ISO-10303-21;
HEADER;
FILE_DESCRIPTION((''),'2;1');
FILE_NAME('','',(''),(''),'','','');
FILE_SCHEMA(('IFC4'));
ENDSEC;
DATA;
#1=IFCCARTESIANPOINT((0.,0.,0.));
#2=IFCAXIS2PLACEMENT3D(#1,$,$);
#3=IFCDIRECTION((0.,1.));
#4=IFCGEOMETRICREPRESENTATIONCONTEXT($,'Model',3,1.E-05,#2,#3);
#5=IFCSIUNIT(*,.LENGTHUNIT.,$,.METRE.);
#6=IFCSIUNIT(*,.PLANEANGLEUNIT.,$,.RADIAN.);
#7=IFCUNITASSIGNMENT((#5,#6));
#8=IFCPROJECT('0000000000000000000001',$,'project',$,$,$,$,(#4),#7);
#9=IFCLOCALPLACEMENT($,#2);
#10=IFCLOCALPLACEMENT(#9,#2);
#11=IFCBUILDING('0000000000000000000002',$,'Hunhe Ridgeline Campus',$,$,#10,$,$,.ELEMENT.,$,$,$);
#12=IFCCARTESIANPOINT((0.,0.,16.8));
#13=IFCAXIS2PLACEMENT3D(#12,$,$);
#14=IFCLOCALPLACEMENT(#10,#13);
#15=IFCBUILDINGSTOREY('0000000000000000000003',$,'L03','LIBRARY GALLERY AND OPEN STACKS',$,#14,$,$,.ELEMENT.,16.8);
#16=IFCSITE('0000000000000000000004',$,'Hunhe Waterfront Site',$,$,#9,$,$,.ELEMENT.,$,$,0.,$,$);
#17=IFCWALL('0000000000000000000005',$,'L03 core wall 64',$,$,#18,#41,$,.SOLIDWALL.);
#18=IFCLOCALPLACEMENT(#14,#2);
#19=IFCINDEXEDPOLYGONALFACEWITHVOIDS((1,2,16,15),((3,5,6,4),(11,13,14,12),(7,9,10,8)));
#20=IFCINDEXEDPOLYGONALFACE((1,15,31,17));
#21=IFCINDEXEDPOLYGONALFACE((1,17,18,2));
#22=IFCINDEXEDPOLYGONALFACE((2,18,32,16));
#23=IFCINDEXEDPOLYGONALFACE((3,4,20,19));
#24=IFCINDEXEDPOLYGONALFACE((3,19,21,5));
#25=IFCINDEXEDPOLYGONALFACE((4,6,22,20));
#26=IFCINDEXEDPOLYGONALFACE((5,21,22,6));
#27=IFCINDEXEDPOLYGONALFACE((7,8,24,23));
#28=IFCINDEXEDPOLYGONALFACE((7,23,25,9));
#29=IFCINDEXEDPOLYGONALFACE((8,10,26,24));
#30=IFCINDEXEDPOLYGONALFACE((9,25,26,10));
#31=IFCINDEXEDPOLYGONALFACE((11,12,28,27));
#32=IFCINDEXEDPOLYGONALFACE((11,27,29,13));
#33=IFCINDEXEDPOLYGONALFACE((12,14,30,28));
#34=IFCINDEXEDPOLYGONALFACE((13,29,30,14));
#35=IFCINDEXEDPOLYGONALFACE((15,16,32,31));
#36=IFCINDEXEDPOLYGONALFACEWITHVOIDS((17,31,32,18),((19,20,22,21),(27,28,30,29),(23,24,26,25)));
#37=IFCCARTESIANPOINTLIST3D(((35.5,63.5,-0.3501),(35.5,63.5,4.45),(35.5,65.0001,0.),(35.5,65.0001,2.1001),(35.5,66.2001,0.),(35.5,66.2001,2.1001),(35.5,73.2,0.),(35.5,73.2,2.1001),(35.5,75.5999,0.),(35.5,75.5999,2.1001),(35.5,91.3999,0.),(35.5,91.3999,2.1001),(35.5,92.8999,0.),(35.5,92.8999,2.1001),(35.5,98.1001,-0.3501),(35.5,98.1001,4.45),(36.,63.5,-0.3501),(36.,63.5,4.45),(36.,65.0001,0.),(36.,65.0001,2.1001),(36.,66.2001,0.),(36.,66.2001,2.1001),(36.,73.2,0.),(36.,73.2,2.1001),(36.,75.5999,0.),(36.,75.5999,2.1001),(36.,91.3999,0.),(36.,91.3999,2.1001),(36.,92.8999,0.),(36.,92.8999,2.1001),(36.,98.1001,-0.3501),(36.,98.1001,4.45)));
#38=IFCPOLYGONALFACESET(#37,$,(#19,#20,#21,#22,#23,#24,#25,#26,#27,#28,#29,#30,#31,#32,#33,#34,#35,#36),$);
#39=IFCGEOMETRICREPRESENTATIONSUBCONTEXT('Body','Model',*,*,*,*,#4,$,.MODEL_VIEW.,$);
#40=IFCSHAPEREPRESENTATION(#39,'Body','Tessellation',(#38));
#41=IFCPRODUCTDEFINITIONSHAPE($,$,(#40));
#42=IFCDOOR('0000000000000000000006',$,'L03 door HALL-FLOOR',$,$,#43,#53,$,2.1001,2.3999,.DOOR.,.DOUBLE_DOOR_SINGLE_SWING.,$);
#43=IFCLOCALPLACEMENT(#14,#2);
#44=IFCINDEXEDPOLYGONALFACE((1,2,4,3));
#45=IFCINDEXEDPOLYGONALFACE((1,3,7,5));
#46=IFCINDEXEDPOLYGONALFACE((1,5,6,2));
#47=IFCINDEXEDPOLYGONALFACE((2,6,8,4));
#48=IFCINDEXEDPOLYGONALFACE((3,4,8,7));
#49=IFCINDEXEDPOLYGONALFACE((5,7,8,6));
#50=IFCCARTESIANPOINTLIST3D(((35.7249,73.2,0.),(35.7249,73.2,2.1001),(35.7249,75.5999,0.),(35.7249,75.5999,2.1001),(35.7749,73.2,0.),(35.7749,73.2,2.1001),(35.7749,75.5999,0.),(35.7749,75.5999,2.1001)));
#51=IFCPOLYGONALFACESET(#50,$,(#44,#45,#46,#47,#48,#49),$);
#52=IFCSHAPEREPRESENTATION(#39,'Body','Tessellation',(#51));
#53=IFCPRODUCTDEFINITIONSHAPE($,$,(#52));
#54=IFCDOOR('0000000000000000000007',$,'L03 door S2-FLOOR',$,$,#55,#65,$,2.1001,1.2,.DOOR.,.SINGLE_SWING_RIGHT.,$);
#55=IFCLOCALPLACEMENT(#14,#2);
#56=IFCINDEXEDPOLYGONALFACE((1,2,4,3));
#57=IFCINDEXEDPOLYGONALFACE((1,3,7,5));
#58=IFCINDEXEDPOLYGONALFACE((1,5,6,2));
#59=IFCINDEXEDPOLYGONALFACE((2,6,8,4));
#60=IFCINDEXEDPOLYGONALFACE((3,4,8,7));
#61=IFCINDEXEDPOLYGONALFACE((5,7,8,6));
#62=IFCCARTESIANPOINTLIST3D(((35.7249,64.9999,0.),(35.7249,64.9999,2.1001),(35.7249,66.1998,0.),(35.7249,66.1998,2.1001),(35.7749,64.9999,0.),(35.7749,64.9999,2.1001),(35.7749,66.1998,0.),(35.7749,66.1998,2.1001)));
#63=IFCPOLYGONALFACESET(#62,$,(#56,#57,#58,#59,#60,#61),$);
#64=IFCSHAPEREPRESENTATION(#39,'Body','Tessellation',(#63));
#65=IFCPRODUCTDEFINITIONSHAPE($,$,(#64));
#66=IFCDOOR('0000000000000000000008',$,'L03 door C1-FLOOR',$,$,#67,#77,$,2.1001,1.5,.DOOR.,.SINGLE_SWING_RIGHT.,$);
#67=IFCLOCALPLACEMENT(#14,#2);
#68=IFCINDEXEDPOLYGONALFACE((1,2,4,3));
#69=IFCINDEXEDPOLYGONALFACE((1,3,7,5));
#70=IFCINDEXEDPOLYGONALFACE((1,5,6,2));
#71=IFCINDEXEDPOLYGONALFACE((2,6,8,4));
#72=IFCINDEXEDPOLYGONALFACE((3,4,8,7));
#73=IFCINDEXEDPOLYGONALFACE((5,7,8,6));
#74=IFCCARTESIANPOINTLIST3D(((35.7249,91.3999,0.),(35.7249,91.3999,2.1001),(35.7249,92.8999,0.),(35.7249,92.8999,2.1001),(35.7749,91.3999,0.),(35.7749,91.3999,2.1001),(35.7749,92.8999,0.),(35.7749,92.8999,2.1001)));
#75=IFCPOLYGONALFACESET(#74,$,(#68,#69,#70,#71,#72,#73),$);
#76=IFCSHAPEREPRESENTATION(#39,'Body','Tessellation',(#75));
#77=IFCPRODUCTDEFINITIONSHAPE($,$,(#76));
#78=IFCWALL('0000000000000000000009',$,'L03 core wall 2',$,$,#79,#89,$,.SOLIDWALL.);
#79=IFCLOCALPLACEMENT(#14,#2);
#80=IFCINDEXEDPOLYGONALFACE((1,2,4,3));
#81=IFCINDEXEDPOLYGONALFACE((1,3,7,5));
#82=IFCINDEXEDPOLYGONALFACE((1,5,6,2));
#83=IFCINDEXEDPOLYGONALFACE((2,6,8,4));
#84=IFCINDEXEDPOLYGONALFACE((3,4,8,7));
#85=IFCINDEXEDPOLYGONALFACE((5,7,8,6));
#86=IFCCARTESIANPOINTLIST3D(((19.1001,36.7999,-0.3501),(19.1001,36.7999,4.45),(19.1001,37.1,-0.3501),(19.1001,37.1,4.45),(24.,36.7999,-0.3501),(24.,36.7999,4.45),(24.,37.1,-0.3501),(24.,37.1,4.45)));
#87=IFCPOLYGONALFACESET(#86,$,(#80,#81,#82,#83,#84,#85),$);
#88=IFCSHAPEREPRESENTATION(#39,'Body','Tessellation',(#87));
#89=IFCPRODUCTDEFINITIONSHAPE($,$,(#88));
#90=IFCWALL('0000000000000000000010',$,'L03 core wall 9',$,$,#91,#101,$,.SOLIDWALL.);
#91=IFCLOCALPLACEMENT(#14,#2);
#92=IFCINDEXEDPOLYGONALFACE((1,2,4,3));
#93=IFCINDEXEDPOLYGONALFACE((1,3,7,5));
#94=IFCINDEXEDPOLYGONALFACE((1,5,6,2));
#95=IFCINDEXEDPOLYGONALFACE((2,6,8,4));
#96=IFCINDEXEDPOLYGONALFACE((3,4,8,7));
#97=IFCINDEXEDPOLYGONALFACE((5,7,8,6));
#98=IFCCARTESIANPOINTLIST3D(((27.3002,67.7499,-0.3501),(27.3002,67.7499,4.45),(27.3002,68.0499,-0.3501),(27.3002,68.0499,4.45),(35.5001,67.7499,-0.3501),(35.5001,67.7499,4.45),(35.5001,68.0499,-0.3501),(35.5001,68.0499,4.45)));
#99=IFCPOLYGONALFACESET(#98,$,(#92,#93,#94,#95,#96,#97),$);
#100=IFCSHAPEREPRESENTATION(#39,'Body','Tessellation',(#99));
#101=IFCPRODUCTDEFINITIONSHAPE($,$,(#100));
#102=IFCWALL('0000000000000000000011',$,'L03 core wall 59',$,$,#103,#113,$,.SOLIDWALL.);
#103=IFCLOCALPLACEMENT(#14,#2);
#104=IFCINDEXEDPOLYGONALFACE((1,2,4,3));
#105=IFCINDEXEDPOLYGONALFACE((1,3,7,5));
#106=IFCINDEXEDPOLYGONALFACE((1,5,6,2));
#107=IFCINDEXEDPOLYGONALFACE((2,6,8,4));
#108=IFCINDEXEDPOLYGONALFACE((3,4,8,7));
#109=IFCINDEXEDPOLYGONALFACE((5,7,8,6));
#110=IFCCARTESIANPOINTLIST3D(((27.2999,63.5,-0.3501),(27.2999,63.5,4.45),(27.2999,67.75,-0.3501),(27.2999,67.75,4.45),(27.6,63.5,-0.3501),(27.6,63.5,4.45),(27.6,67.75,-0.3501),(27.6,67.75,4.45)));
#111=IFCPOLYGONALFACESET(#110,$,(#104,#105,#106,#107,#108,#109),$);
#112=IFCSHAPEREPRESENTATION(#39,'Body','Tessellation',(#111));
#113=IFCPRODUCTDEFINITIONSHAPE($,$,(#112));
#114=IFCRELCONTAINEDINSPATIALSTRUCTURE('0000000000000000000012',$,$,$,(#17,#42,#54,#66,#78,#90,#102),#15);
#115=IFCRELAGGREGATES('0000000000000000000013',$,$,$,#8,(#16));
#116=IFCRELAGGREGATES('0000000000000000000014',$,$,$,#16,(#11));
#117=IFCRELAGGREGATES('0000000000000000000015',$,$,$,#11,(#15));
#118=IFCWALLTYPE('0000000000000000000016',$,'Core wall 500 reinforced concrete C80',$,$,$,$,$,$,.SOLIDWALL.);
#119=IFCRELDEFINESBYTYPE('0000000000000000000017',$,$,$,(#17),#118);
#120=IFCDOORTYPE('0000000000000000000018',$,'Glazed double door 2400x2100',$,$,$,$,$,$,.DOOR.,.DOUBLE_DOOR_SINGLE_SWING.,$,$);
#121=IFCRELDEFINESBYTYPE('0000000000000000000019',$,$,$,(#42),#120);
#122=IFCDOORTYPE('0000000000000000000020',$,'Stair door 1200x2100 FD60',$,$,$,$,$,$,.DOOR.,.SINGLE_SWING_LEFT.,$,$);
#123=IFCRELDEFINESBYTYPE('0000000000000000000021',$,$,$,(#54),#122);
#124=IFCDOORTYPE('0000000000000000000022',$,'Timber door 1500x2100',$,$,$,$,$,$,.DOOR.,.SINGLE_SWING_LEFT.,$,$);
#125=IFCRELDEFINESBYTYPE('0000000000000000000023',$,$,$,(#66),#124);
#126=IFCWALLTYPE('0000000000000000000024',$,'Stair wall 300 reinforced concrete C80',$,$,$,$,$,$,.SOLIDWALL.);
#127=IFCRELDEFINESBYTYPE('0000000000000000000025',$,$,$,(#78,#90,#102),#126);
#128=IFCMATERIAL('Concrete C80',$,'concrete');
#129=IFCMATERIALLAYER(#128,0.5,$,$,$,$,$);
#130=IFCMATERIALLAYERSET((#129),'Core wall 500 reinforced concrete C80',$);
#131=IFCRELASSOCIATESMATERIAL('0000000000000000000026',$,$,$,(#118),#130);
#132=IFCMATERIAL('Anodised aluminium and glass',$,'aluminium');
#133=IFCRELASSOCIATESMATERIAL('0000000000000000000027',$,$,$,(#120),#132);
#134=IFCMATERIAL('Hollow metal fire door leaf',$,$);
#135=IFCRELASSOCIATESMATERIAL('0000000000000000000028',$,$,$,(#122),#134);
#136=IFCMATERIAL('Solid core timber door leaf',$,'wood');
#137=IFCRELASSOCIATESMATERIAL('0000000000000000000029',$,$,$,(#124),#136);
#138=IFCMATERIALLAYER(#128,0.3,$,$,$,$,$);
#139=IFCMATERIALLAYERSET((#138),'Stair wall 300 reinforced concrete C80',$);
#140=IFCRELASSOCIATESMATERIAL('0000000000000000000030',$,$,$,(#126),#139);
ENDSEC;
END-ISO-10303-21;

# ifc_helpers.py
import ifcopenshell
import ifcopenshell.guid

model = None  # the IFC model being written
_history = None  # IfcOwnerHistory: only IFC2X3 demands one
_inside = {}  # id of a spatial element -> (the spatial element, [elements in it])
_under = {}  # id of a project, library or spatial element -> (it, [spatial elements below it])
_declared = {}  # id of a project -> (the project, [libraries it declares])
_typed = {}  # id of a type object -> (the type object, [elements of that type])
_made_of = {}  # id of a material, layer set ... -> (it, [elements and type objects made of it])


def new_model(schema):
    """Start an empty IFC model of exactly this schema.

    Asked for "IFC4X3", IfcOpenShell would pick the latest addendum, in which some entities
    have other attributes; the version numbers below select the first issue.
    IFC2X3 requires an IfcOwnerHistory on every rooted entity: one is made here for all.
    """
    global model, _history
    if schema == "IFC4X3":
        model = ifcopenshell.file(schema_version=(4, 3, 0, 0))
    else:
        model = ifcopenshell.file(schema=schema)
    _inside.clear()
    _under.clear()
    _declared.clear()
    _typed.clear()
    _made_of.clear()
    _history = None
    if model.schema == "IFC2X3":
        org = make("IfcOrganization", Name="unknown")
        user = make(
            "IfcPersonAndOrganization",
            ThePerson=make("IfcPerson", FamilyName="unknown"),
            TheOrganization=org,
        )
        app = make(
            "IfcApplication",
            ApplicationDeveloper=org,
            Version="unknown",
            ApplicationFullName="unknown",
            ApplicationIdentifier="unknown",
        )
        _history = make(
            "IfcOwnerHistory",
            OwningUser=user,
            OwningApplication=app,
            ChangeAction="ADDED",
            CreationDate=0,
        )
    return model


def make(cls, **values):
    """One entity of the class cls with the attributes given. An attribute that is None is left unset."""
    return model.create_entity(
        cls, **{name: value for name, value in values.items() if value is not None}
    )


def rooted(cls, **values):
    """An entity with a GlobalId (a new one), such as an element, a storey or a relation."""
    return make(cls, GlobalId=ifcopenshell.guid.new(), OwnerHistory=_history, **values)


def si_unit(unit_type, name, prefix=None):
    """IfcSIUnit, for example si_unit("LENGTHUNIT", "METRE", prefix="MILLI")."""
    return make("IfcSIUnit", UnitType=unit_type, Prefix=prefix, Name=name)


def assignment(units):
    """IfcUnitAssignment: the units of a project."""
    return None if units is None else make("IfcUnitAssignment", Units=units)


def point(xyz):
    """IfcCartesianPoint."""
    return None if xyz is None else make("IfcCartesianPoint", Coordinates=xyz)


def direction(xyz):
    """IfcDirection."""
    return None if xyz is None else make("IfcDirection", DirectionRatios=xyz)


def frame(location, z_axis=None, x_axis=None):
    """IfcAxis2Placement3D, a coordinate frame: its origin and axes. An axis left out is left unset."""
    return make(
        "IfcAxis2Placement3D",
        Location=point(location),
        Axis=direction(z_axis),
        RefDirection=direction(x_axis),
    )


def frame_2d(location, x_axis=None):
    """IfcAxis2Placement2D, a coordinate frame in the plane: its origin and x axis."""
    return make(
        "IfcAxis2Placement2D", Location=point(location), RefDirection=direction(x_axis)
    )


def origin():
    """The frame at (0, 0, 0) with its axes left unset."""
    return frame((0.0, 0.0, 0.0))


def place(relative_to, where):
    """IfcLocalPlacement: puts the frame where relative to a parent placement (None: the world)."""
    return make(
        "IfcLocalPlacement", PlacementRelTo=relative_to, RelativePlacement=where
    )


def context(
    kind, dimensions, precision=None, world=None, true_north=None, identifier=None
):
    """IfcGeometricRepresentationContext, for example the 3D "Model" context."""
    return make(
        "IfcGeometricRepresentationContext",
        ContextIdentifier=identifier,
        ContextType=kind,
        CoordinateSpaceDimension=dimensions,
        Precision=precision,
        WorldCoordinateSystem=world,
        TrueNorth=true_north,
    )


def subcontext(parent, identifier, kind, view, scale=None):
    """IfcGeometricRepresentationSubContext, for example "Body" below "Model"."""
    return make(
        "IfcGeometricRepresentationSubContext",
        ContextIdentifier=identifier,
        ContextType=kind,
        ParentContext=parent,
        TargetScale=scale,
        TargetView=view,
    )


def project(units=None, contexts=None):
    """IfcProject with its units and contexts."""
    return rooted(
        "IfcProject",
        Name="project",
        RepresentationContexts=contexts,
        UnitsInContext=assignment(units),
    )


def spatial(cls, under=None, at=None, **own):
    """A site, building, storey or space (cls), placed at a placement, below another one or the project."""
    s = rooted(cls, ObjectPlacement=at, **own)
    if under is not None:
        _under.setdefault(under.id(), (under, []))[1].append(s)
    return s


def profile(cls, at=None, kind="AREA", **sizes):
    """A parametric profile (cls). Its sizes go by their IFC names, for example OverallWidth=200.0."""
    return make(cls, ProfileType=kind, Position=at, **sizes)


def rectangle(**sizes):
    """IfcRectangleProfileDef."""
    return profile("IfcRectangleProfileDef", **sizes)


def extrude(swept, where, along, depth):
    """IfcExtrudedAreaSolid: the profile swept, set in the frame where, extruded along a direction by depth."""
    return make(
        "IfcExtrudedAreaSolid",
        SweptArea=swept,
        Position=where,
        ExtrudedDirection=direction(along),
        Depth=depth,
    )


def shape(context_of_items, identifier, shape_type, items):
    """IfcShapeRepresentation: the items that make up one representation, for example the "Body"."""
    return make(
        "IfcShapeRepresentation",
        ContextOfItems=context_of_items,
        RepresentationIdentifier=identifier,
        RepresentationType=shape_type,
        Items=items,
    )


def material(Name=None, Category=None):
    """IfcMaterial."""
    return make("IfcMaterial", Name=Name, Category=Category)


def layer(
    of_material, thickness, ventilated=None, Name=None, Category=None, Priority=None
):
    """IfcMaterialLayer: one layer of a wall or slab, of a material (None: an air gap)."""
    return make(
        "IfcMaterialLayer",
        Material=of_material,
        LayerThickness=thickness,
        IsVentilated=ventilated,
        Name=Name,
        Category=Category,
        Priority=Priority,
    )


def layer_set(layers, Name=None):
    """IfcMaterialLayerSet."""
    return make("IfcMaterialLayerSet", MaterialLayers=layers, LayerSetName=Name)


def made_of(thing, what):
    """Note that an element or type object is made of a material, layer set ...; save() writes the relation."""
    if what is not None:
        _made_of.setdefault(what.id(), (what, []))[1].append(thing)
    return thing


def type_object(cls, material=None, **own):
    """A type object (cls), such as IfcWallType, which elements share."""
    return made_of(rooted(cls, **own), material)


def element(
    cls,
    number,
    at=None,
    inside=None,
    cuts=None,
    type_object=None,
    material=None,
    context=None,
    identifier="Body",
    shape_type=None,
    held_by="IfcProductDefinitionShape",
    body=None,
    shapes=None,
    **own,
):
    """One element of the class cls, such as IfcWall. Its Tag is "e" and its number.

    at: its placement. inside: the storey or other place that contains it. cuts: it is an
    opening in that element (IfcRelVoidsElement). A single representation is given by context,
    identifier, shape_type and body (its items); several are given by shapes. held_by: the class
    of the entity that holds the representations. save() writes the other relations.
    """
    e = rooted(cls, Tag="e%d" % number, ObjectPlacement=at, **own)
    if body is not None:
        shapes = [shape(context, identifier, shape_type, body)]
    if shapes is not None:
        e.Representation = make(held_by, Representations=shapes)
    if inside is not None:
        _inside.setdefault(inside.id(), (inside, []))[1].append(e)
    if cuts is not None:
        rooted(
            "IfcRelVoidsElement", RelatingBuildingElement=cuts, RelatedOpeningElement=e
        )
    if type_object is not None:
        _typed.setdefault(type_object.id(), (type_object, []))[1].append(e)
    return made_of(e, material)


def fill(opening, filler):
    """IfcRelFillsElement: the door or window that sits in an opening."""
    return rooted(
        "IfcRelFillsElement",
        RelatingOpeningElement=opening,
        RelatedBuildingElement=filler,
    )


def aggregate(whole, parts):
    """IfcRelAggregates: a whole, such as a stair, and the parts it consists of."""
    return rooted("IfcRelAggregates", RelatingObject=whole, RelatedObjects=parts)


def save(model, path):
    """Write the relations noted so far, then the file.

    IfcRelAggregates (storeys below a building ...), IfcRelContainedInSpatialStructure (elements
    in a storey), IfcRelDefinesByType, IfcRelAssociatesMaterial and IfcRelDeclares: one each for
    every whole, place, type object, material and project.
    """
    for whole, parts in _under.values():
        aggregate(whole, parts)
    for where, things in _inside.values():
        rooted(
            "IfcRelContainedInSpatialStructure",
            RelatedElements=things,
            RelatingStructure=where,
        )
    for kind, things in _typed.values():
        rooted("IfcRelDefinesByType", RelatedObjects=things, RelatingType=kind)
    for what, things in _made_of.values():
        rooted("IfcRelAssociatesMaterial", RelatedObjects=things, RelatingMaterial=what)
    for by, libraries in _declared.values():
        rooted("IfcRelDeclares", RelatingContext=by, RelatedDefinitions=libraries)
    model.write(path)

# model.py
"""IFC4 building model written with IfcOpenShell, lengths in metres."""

from ifc_helpers import new_model, si_unit, direction, frame, frame_2d, origin, place, context, subcontext, project, spatial, rectangle, extrude, material, layer, layer_set, type_object, element, fill, save


model = new_model("IFC4")

# Units and contexts
model_context = context("Model", 3, precision=1e-05, world=origin(), true_north=direction((0.0, 1.0)))
body_context = subcontext(model_context, "Body", "Model", "MODEL_VIEW")
ifc_project = project(units=[si_unit("LENGTHUNIT", "METRE"), si_unit("PLANEANGLEUNIT", "RADIAN")], contexts=[model_context])

# Site, building, storey
site_placement = place(None, origin())
site = spatial("IfcSite", under=ifc_project, at=site_placement, Name="Hunhe Waterfront Site", CompositionType="ELEMENT", RefElevation=0.0)
building_placement = place(site_placement, origin())
building = spatial("IfcBuilding", under=site, at=building_placement, Name="Hunhe Ridgeline Campus", CompositionType="ELEMENT")
storey_placement = place(building_placement, frame((0.0, 0.0, 16.8)))
storey = spatial("IfcBuildingStorey", under=building, at=storey_placement, Name="L03", Description="LIBRARY GALLERY AND OPEN STACKS", CompositionType="ELEMENT", Elevation=16.8)

# Shared definitions
ifc_material_1 = material(Name="Concrete C80", Category="concrete")

# Wall, openings, doors
ifc_layer_1 = layer(ifc_material_1, 0.5)
ifc_layer_set_1 = layer_set([ifc_layer_1], Name="Core wall 500 reinforced concrete C80")
wall_type_1 = type_object("IfcWallType", Name="Core wall 500 reinforced concrete C80", PredefinedType="SOLIDWALL", material=ifc_layer_set_1)
wall_1_placement = place(storey_placement, frame((35.75, 63.5, -0.3501), z_axis=(0.0, 0.0, 1.0), x_axis=(0.0, 1.0, 0.0)))
wall_1 = element("IfcWall", 1, at=wall_1_placement, inside=storey, type_object=wall_type_1, Name="L03 core wall 64", PredefinedType="SOLIDWALL", context=body_context, shape_type="SweptSolid", body=[
    extrude(rectangle(XDim=34.6001, YDim=0.5, at=frame_2d((17.3, 0.0))), origin(), (0.0, 0.0, 1.0), 4.8),
])
opening_1_placement = place(wall_1_placement, frame((9.7, 0.0, 0.3501)))
opening_1 = element("IfcOpeningElement", 2, at=opening_1_placement, cuts=wall_1, PredefinedType="OPENING", context=body_context, shape_type="SweptSolid", body=[
    extrude(rectangle(XDim=2.3999, YDim=2.1001, at=frame_2d((1.2, 1.05))), frame((0.0, 0.25, 0.0), z_axis=(0.0, -1.0, 0.0), x_axis=(1.0, 0.0, 0.0)), (0.0, 0.0, 1.0), 0.5),
])
opening_2_placement = place(wall_1_placement, frame((27.8999, 0.0, 0.3501)))
opening_2 = element("IfcOpeningElement", 3, at=opening_2_placement, cuts=wall_1, PredefinedType="OPENING", context=body_context, shape_type="SweptSolid", body=[
    extrude(rectangle(XDim=1.5, YDim=2.1001, at=frame_2d((0.75, 1.05))), frame((0.0, 0.25, 0.0), z_axis=(0.0, -1.0, 0.0), x_axis=(1.0, 0.0, 0.0)), (0.0, 0.0, 1.0), 0.5),
])
opening_3_placement = place(wall_1_placement, frame((1.5, 0.0, 0.3501)))
opening_3 = element("IfcOpeningElement", 4, at=opening_3_placement, cuts=wall_1, PredefinedType="OPENING", context=body_context, shape_type="SweptSolid", body=[
    extrude(rectangle(XDim=1.2, YDim=2.1001, at=frame_2d((0.6001, 1.05))), frame((0.0, 0.25, 0.0), z_axis=(0.0, -1.0, 0.0), x_axis=(1.0, 0.0, 0.0)), (0.0, 0.0, 1.0), 0.5),
])
ifc_material_2 = material(Name="Anodised aluminium and glass", Category="aluminium")
door_type_1 = type_object("IfcDoorType", Name="Glazed double door 2400x2100", OperationType="DOUBLE_DOOR_SINGLE_SWING", PredefinedType="DOOR", material=ifc_material_2)
door_1_placement = place(opening_1_placement, frame((2.3999, 0.0, 0.0), z_axis=(0.0, 0.0, 1.0), x_axis=(-1.0, 0.0, 0.0)))
door_1 = element("IfcDoor", 5, at=door_1_placement, inside=storey, type_object=door_type_1, Name="L03 door HALL-FLOOR", OperationType="DOUBLE_DOOR_SINGLE_SWING", OverallHeight=2.1001, OverallWidth=2.3999, PredefinedType="DOOR", context=body_context, shape_type="SweptSolid", body=[
    extrude(rectangle(XDim=2.3999, YDim=2.1001, at=frame_2d((1.2, 1.05))), frame((0.0, 0.0249, 0.0), z_axis=(0.0, -1.0, 0.0), x_axis=(1.0, 0.0, 0.0)), (0.0, 0.0, 1.0), 0.05),
])
fill(opening_1, door_1)
ifc_material_3 = material(Name="Hollow metal fire door leaf")
door_type_2 = type_object("IfcDoorType", Name="Stair door 1200x2100 FD60", OperationType="SINGLE_SWING_LEFT", PredefinedType="DOOR", material=ifc_material_3)
door_2_placement = place(opening_3_placement, frame((1.2, 0.0, 0.0), z_axis=(0.0, 0.0, 1.0), x_axis=(-1.0, 0.0, 0.0)))
door_2 = element("IfcDoor", 6, at=door_2_placement, inside=storey, type_object=door_type_2, Name="L03 door S2-FLOOR", OperationType="SINGLE_SWING_RIGHT", OverallHeight=2.1001, OverallWidth=1.2, PredefinedType="DOOR", context=body_context, shape_type="SweptSolid", body=[
    extrude(rectangle(XDim=1.2, YDim=2.1001, at=frame_2d((0.6001, 1.05))), frame((0.0, 0.0249, 0.0), z_axis=(0.0, -1.0, 0.0), x_axis=(1.0, 0.0, 0.0)), (0.0, 0.0, 1.0), 0.05),
])
fill(opening_3, door_2)
ifc_material_4 = material(Name="Solid core timber door leaf", Category="wood")
door_type_3 = type_object("IfcDoorType", Name="Timber door 1500x2100", OperationType="SINGLE_SWING_LEFT", PredefinedType="DOOR", material=ifc_material_4)
door_3_placement = place(opening_2_placement, frame((1.5, 0.0, 0.0), z_axis=(0.0, 0.0, 1.0), x_axis=(-1.0, 0.0, 0.0)))
door_3 = element("IfcDoor", 7, at=door_3_placement, inside=storey, type_object=door_type_3, Name="L03 door C1-FLOOR", OperationType="SINGLE_SWING_RIGHT", OverallHeight=2.1001, OverallWidth=1.5, PredefinedType="DOOR", context=body_context, shape_type="SweptSolid", body=[
    extrude(rectangle(XDim=1.5, YDim=2.1001, at=frame_2d((0.75, 1.05))), frame((0.0, 0.0249, 0.0), z_axis=(0.0, -1.0, 0.0), x_axis=(1.0, 0.0, 0.0)), (0.0, 0.0, 1.0), 0.05),
])
fill(opening_2, door_3)

# Walls
ifc_layer_2 = layer(ifc_material_1, 0.3)
ifc_layer_set_2 = layer_set([ifc_layer_2], Name="Stair wall 300 reinforced concrete C80")
wall_type_2 = type_object("IfcWallType", Name="Stair wall 300 reinforced concrete C80", PredefinedType="SOLIDWALL", material=ifc_layer_set_2)
wall_2_placement = place(storey_placement, frame((19.1001, 36.95, -0.3501), z_axis=(0.0, 0.0, 1.0), x_axis=(1.0, 0.0, 0.0)))
element("IfcWall", 8, at=wall_2_placement, inside=storey, type_object=wall_type_2, Name="L03 core wall 2", PredefinedType="SOLIDWALL", context=body_context, shape_type="SweptSolid", body=[
    extrude(rectangle(XDim=4.8999, YDim=0.3, at=frame_2d((2.45, 0.0))), origin(), (0.0, 0.0, 1.0), 4.8),
])
wall_3_placement = place(storey_placement, frame((27.3, 67.8999, -0.3501), z_axis=(0.0, 0.0, 1.0), x_axis=(1.0, 0.0, 0.0)))
element("IfcWall", 9, at=wall_3_placement, inside=storey, type_object=wall_type_2, Name="L03 core wall 9", PredefinedType="SOLIDWALL", context=body_context, shape_type="SweptSolid", body=[
    extrude(rectangle(XDim=8.2, YDim=0.3, at=frame_2d((4.1001, 0.0))), origin(), (0.0, 0.0, 1.0), 4.8),
])
wall_4_placement = place(storey_placement, frame((27.45, 63.5, -0.3501), z_axis=(0.0, 0.0, 1.0), x_axis=(0.0, 1.0, 0.0)))
element("IfcWall", 10, at=wall_4_placement, inside=storey, type_object=wall_type_2, Name="L03 core wall 59", PredefinedType="SOLIDWALL", context=body_context, shape_type="SweptSolid", body=[
    extrude(rectangle(XDim=4.25, YDim=0.3, at=frame_2d((2.125, 0.0))), origin(), (0.0, 0.0, 1.0), 4.8),
])

save(model, "model.ifc")
